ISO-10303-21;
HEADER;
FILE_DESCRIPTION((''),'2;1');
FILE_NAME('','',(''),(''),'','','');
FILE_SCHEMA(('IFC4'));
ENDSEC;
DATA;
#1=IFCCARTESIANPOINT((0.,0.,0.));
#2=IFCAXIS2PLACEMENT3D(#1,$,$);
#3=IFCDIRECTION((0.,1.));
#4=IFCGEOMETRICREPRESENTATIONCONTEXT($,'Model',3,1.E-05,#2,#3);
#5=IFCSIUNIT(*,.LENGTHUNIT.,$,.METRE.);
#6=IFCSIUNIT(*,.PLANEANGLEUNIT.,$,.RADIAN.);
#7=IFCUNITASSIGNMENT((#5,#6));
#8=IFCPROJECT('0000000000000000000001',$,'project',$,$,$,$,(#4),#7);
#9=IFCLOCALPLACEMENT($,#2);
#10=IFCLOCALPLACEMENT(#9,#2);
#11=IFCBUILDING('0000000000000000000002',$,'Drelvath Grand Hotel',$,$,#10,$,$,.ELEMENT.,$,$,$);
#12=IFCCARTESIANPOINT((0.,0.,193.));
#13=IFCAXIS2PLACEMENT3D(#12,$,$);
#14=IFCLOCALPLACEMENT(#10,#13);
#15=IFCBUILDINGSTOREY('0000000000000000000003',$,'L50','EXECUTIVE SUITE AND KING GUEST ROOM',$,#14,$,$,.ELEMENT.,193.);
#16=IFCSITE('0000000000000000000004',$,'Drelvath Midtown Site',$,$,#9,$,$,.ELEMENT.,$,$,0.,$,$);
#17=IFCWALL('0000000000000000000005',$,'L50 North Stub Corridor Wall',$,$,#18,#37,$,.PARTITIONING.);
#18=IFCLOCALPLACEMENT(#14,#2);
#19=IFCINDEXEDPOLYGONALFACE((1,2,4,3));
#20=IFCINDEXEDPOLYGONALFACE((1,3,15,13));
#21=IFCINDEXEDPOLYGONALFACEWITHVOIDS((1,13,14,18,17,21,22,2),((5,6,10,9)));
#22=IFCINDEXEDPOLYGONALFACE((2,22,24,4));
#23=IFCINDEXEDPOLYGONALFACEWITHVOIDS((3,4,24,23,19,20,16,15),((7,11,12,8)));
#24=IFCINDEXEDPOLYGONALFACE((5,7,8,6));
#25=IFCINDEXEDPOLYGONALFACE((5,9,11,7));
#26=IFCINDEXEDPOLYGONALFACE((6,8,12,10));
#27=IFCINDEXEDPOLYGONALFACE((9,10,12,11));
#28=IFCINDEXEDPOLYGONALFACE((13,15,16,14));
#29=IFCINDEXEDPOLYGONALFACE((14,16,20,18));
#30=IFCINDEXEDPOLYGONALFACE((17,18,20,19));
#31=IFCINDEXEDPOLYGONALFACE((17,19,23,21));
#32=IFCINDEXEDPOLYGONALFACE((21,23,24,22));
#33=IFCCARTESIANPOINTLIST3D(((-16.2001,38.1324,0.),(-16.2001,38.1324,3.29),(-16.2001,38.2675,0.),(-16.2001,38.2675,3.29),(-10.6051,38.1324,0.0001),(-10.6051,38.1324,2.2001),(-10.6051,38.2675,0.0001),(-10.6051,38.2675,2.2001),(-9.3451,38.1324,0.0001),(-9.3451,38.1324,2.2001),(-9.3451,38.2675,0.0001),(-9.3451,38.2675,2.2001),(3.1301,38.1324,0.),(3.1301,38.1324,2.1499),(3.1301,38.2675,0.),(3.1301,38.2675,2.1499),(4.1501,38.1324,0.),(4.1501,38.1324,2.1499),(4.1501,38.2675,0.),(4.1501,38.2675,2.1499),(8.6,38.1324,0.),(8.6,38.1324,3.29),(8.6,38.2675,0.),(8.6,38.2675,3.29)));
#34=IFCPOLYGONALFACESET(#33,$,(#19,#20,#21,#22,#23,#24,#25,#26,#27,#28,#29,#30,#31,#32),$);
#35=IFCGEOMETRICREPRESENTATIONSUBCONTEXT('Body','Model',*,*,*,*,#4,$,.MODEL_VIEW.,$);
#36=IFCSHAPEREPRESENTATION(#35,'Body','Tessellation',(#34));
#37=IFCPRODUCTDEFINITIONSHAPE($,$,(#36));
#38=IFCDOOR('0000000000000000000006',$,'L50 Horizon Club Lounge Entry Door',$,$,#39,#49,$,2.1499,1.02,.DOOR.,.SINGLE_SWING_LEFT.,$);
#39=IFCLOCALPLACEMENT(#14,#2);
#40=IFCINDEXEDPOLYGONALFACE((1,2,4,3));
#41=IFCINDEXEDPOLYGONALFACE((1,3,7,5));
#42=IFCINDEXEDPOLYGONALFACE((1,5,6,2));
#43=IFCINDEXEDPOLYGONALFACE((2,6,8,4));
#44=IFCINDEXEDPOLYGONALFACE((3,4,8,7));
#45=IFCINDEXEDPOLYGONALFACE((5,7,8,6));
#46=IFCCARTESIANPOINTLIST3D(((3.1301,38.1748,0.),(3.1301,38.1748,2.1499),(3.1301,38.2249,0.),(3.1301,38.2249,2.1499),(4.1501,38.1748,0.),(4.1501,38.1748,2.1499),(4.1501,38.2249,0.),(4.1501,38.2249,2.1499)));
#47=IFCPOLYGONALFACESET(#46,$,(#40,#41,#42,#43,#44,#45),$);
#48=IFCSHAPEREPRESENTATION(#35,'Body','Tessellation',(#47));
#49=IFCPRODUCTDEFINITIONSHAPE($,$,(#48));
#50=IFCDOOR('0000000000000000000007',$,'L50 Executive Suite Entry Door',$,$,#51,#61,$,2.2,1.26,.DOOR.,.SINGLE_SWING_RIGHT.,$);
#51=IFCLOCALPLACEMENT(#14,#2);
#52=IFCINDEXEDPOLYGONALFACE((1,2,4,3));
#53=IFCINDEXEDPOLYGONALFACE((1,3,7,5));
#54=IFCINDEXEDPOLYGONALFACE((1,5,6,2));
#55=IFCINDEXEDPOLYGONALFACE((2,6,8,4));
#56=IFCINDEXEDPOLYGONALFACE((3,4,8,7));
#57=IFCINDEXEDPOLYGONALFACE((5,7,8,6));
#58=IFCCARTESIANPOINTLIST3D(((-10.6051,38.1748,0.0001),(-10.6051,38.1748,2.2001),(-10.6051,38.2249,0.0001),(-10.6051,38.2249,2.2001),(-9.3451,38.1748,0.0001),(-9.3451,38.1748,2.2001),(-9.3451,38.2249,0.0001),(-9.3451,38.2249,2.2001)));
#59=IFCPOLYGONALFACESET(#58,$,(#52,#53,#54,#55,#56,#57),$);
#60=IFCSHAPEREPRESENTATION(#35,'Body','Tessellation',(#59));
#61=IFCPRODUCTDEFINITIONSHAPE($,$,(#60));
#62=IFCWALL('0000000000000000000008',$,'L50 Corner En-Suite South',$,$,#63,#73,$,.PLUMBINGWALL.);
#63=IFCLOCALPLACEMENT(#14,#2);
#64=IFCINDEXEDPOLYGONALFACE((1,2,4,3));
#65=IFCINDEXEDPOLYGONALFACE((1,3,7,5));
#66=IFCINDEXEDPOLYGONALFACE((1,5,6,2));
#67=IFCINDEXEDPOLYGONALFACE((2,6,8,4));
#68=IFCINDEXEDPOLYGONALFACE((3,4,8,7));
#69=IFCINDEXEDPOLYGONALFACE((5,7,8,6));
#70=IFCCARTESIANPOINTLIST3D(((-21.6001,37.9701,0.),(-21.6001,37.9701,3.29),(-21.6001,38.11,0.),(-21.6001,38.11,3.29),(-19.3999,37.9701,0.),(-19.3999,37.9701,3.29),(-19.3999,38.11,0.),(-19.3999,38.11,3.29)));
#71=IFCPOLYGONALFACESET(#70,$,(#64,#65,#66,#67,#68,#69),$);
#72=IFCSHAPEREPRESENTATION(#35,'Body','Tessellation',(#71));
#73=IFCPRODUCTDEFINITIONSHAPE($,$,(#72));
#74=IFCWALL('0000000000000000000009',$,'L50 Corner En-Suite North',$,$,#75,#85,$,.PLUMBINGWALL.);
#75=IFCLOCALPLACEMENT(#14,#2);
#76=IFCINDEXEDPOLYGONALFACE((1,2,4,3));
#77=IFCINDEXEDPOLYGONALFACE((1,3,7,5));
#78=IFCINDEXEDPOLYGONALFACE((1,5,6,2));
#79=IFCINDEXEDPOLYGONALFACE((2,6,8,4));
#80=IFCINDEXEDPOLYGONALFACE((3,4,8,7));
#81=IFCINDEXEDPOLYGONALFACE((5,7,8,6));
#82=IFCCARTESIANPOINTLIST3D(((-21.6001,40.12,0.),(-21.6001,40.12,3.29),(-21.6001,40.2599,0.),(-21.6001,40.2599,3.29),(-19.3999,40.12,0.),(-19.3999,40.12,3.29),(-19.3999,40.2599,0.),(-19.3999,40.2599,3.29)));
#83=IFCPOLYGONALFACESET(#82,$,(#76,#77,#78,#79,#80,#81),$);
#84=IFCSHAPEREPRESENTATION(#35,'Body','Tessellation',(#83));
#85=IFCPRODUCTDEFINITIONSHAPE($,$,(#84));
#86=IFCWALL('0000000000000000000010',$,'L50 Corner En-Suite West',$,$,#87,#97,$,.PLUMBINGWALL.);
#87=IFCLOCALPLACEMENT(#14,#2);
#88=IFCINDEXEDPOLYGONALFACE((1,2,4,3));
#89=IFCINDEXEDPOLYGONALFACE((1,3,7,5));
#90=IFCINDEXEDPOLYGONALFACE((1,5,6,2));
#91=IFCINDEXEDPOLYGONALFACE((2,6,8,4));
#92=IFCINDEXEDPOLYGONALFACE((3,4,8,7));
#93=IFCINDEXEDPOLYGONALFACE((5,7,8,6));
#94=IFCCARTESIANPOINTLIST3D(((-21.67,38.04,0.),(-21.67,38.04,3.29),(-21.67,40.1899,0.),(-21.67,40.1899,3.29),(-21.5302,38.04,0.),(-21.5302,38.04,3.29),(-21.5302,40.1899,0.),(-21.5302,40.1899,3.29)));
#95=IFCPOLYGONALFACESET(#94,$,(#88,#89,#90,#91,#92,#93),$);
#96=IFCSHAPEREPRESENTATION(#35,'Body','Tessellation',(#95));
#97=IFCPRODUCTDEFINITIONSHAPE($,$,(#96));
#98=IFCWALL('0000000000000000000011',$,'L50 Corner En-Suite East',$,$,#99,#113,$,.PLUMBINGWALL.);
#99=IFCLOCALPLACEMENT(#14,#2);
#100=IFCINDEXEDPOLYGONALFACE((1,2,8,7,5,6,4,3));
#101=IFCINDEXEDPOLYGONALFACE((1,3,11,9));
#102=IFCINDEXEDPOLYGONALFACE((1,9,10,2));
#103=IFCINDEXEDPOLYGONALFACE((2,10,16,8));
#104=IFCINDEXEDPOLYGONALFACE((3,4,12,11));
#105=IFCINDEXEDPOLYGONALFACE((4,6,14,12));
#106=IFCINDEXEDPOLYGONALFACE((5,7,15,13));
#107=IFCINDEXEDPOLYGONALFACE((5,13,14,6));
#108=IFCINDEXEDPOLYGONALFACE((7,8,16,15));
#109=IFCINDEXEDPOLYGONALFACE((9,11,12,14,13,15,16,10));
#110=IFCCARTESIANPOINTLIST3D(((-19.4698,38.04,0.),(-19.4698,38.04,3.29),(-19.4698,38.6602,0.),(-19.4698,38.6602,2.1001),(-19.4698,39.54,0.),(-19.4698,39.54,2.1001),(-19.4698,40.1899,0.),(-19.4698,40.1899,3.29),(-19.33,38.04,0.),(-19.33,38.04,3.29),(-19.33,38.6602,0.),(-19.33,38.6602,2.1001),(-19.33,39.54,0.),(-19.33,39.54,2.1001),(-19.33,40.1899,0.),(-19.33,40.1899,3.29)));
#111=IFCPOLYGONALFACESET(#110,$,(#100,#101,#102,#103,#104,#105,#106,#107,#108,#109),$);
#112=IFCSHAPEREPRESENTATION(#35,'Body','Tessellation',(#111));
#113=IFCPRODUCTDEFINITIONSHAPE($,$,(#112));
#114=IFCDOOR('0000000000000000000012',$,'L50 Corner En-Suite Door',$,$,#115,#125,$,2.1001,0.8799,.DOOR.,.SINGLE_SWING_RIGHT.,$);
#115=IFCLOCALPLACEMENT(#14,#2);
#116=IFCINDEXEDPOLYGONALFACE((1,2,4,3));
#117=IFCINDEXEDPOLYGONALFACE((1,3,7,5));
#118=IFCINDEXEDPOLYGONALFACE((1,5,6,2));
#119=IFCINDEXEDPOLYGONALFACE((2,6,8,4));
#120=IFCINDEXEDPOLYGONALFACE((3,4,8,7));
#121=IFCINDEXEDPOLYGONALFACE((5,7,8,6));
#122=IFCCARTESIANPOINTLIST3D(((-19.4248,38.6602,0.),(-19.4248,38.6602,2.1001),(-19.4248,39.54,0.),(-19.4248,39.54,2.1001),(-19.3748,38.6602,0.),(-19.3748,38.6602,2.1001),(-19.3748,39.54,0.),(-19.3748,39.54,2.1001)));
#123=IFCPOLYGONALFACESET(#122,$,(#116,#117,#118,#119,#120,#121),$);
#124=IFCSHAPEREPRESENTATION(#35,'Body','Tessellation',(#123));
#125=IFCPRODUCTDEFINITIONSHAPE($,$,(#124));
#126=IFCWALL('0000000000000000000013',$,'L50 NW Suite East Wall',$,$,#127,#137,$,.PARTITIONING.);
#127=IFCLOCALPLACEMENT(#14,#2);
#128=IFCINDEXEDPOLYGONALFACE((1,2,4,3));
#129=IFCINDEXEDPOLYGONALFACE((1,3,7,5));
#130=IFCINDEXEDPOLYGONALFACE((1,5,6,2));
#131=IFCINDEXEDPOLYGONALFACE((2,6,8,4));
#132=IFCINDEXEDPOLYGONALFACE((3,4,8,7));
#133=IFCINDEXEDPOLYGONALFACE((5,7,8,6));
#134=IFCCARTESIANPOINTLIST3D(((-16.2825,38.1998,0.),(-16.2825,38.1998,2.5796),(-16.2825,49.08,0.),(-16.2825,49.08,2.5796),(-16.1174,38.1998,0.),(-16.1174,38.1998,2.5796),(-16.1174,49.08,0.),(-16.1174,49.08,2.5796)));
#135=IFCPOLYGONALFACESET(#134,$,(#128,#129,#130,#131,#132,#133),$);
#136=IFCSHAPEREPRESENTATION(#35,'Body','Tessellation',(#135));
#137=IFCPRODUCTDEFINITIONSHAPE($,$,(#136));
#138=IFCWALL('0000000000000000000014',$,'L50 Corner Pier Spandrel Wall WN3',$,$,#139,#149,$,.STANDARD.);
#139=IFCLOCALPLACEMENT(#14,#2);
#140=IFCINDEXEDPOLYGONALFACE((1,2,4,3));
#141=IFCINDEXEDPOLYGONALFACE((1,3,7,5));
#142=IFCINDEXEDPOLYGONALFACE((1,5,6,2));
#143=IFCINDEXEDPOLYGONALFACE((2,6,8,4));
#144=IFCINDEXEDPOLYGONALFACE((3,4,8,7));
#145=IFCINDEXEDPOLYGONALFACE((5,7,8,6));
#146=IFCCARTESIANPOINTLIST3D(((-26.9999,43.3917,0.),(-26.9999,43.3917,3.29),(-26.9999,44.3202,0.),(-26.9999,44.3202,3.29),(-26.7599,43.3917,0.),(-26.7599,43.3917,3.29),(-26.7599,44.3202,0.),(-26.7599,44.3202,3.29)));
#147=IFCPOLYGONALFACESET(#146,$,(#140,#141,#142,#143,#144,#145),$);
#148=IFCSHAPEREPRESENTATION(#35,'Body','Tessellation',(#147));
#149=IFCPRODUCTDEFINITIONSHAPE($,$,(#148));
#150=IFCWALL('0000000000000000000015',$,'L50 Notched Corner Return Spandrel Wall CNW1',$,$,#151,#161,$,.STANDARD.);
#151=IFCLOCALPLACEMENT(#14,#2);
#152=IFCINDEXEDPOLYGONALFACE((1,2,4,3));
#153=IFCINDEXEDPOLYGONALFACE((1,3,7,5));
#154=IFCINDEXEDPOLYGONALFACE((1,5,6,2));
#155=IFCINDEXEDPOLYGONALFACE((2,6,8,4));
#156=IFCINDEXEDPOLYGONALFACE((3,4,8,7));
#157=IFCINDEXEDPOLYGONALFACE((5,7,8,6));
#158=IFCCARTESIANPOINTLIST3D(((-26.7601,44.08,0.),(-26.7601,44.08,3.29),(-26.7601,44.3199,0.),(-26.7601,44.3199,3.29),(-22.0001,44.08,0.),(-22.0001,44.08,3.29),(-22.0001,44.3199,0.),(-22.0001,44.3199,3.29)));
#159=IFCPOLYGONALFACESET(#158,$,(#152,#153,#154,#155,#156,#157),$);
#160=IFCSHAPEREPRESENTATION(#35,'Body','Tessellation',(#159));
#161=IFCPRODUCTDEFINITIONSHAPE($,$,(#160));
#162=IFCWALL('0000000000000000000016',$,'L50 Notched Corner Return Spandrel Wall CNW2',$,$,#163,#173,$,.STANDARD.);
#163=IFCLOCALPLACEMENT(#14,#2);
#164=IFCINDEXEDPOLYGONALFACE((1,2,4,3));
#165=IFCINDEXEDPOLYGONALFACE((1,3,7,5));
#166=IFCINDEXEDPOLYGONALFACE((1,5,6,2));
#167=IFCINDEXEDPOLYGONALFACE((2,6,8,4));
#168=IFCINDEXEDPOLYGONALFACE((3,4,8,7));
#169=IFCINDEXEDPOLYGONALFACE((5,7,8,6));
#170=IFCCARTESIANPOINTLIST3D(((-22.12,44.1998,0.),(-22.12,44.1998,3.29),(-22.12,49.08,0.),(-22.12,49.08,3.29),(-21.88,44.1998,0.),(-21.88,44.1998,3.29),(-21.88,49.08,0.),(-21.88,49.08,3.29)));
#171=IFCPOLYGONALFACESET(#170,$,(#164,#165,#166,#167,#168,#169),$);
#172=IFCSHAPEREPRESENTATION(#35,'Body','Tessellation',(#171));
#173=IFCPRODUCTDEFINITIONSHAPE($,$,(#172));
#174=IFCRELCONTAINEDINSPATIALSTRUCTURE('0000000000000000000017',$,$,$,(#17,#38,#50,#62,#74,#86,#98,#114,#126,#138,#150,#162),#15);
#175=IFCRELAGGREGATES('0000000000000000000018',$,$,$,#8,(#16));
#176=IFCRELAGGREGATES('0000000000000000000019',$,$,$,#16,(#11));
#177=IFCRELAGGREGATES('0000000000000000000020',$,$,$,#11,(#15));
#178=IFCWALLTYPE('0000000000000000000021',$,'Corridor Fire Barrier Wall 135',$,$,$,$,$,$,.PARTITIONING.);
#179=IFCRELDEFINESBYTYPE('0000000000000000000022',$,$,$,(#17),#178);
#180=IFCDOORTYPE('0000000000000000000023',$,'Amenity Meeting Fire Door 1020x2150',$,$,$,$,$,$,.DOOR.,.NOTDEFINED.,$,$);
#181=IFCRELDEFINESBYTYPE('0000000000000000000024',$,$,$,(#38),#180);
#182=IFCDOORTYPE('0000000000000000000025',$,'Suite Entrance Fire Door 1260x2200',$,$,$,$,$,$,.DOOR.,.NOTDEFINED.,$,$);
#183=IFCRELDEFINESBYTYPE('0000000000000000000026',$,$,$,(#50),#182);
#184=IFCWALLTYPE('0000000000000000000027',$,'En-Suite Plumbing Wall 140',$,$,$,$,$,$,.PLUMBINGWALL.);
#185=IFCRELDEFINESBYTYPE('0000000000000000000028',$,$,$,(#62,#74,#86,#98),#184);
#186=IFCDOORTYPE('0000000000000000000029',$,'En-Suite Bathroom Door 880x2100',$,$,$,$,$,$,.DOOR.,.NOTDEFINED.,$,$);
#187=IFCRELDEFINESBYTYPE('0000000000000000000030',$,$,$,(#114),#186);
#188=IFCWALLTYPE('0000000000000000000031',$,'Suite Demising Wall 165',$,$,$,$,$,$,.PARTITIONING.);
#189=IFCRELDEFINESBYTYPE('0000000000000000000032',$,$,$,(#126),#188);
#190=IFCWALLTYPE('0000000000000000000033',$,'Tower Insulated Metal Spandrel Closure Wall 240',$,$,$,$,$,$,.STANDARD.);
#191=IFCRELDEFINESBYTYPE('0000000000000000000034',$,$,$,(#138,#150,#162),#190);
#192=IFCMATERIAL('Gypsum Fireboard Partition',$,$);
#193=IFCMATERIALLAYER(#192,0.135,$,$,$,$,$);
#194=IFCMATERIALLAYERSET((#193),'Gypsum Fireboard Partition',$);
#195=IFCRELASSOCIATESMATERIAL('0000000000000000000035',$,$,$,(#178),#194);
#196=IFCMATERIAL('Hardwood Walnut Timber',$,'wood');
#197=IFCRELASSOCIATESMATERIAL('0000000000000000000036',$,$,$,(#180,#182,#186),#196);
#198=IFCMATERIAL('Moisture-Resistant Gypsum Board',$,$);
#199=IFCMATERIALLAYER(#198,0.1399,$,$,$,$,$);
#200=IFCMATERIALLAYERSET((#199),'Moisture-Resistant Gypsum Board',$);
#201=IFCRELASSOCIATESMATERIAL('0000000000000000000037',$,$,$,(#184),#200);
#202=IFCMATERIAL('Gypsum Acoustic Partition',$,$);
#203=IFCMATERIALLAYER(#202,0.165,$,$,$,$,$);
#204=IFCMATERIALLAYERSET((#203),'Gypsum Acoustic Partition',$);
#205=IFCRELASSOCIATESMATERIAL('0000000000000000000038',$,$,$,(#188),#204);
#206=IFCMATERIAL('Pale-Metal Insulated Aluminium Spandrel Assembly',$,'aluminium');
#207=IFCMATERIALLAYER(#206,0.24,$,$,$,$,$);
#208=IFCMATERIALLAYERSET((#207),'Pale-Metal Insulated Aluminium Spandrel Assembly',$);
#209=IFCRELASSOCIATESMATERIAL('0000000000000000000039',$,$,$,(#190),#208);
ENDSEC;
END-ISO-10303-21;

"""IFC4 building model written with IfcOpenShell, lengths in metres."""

from ifc_helpers import new_model, si_unit, direction, frame, frame_2d, origin, place, context, subcontext, project, spatial, rectangle, extrude, material, layer, layer_set, type_object, element, fill, save


model = new_model("IFC4")

# Units and contexts
model_context = context("Model", 3, precision=1e-05, world=origin(), true_north=direction((0.0, 1.0)))
body_context = subcontext(model_context, "Body", "Model", "MODEL_VIEW")
ifc_project = project(units=[si_unit("LENGTHUNIT", "METRE"), si_unit("PLANEANGLEUNIT", "RADIAN")], contexts=[model_context])

# Site, building, storey
site_placement = place(None, origin())
site = spatial("IfcSite", under=ifc_project, at=site_placement, Name="Drelvath Midtown Site", CompositionType="ELEMENT", RefElevation=0.0)
building_placement = place(site_placement, origin())
building = spatial("IfcBuilding", under=site, at=building_placement, Name="Drelvath Grand Hotel", CompositionType="ELEMENT")
storey_placement = place(building_placement, frame((0.0, 0.0, 193.0)))
storey = spatial("IfcBuildingStorey", under=building, at=storey_placement, Name="L50", Description="EXECUTIVE SUITE AND KING GUEST ROOM", CompositionType="ELEMENT", Elevation=193.0)

# Wall, openings, doors
ifc_material_1 = material(Name="Gypsum Fireboard Partition")
ifc_layer_1 = layer(ifc_material_1, 0.135)
ifc_layer_set_1 = layer_set([ifc_layer_1], Name="Gypsum Fireboard Partition")
wall_type_1 = type_object("IfcWallType", Name="Corridor Fire Barrier Wall 135", PredefinedType="PARTITIONING", material=ifc_layer_set_1)
wall_1_placement = place(storey_placement, frame((-16.2, 38.2, 0.0), z_axis=(0.0, 0.0, 1.0), x_axis=(1.0, 0.0, 0.0)))
wall_1 = element("IfcWall", 1, at=wall_1_placement, inside=storey, type_object=wall_type_1, Name="L50 North Stub Corridor Wall", PredefinedType="PARTITIONING", context=body_context, shape_type="SweptSolid", body=[
    extrude(rectangle(XDim=24.8, YDim=0.135, at=frame_2d((12.3999, 0.0))), origin(), (0.0, 0.0, 1.0), 3.29),
])
opening_1_placement = place(wall_1_placement, frame((5.595, 0.0, 0.0)))
opening_1 = element("IfcOpeningElement", 2, at=opening_1_placement, cuts=wall_1, PredefinedType="OPENING", context=body_context, shape_type="SweptSolid", body=[
    extrude(rectangle(XDim=1.26, YDim=2.2, at=frame_2d((0.6299, 1.1001))), frame((0.0, 0.0774, 0.0), z_axis=(0.0, -1.0, 0.0), x_axis=(1.0, 0.0, 0.0)), (0.0, 0.0, 1.0), 0.155),
])
opening_2_placement = place(wall_1_placement, frame((19.3301, 0.0, 0.0)))
opening_2 = element("IfcOpeningElement", 3, at=opening_2_placement, cuts=wall_1, PredefinedType="OPENING", context=body_context, shape_type="SweptSolid", body=[
    extrude(rectangle(XDim=1.02, YDim=2.1499, at=frame_2d((0.51, 1.075))), frame((0.0, 0.0774, 0.0), z_axis=(0.0, -1.0, 0.0), x_axis=(1.0, 0.0, 0.0)), (0.0, 0.0, 1.0), 0.155),
])
ifc_material_2 = material(Name="Hardwood Walnut Timber", Category="wood")
door_type_1 = type_object("IfcDoorType", Name="Amenity Meeting Fire Door 1020x2150", OperationType="NOTDEFINED", PredefinedType="DOOR", material=ifc_material_2)
door_1_placement = place(opening_2_placement, origin())
door_1 = element("IfcDoor", 4, at=door_1_placement, inside=storey, type_object=door_type_1, Name="L50 Horizon Club Lounge Entry Door", OperationType="SINGLE_SWING_LEFT", OverallHeight=2.1499, OverallWidth=1.02, PredefinedType="DOOR", context=body_context, shape_type="SweptSolid", body=[
    extrude(rectangle(XDim=1.02, YDim=2.1499, at=frame_2d((0.51, 1.075))), frame((0.0, 0.0249, 0.0), z_axis=(0.0, -1.0, 0.0), x_axis=(1.0, 0.0, 0.0)), (0.0, 0.0, 1.0), 0.05),
])
fill(opening_2, door_1)
door_type_2 = type_object("IfcDoorType", Name="Suite Entrance Fire Door 1260x2200", OperationType="NOTDEFINED", PredefinedType="DOOR", material=ifc_material_2)
door_2_placement = place(opening_1_placement, origin())
door_2 = element("IfcDoor", 5, at=door_2_placement, inside=storey, type_object=door_type_2, Name="L50 Executive Suite Entry Door", OperationType="SINGLE_SWING_RIGHT", OverallHeight=2.2, OverallWidth=1.26, PredefinedType="DOOR", context=body_context, shape_type="SweptSolid", body=[
    extrude(rectangle(XDim=1.26, YDim=2.2, at=frame_2d((0.6299, 1.1001))), frame((0.0, 0.0249, 0.0), z_axis=(0.0, -1.0, 0.0), x_axis=(1.0, 0.0, 0.0)), (0.0, 0.0, 1.0), 0.05),
])
fill(opening_1, door_2)

# Walls
ifc_material_3 = material(Name="Moisture-Resistant Gypsum Board")
ifc_layer_2 = layer(ifc_material_3, 0.1399)
ifc_layer_set_2 = layer_set([ifc_layer_2], Name="Moisture-Resistant Gypsum Board")
wall_type_2 = type_object("IfcWallType", Name="En-Suite Plumbing Wall 140", PredefinedType="PLUMBINGWALL", material=ifc_layer_set_2)
for number, where, z_axis, x_axis, name in (
    (6, (-21.6001, 38.04, 0.0), (0.0, 0.0, 1.0), (1.0, 0.0, 0.0), "L50 Corner En-Suite South"),
    (7, (-21.6001, 40.1899, 0.0), (0.0, 0.0, 1.0), (1.0, 0.0, 0.0), "L50 Corner En-Suite North"),
):
    element("IfcWall", number, at=place(storey_placement, frame(where, z_axis=z_axis, x_axis=x_axis)), inside=storey, type_object=wall_type_2, Name=name, PredefinedType="PLUMBINGWALL", context=body_context, shape_type="SweptSolid", body=[
        extrude(rectangle(XDim=2.2002, YDim=0.1399, at=frame_2d((1.1001, 0.0))), origin(), (0.0, 0.0, 1.0), 3.29),
    ])
wall_2_placement = place(storey_placement, frame((-21.6001, 38.04, 0.0), z_axis=(0.0, 0.0, 1.0), x_axis=(0.0, 1.0, 0.0)))
element("IfcWall", 8, at=wall_2_placement, inside=storey, type_object=wall_type_2, Name="L50 Corner En-Suite West", PredefinedType="PLUMBINGWALL", context=body_context, shape_type="SweptSolid", body=[
    extrude(rectangle(XDim=2.1499, YDim=0.1399, at=frame_2d((1.075, 0.0))), origin(), (0.0, 0.0, 1.0), 3.29),
])

# Wall, opening, door
wall_3_placement = place(storey_placement, frame((-19.3999, 38.04, 0.0), z_axis=(0.0, 0.0, 1.0), x_axis=(0.0, 1.0, 0.0)))
wall_3 = element("IfcWall", 9, at=wall_3_placement, inside=storey, type_object=wall_type_2, Name="L50 Corner En-Suite East", PredefinedType="PLUMBINGWALL", context=body_context, shape_type="SweptSolid", body=[
    extrude(rectangle(XDim=2.1499, YDim=0.1399, at=frame_2d((1.075, 0.0))), origin(), (0.0, 0.0, 1.0), 3.29),
])
opening_3_placement = place(wall_3_placement, frame((0.6201, 0.0, 0.0)))
opening_3 = element("IfcOpeningElement", 10, at=opening_3_placement, cuts=wall_3, PredefinedType="OPENING", context=body_context, shape_type="SweptSolid", body=[
    extrude(rectangle(XDim=0.8799, YDim=2.1001, at=frame_2d((0.4399, 1.05))), frame((0.0, 0.0798, 0.0), z_axis=(0.0, -1.0, 0.0), x_axis=(1.0, 0.0, 0.0)), (0.0, 0.0, 1.0), 0.1599),
])
door_type_3 = type_object("IfcDoorType", Name="En-Suite Bathroom Door 880x2100", OperationType="NOTDEFINED", PredefinedType="DOOR", material=ifc_material_2)
door_3_placement = place(opening_3_placement, origin())
door_3 = element("IfcDoor", 11, at=door_3_placement, inside=storey, type_object=door_type_3, Name="L50 Corner En-Suite Door", OperationType="SINGLE_SWING_RIGHT", OverallHeight=2.1001, OverallWidth=0.8799, PredefinedType="DOOR", context=body_context, shape_type="SweptSolid", body=[
    extrude(rectangle(XDim=0.8799, YDim=2.1001, at=frame_2d((0.4399, 1.05))), frame((0.0, 0.0249, 0.0), z_axis=(0.0, -1.0, 0.0), x_axis=(1.0, 0.0, 0.0)), (0.0, 0.0, 1.0), 0.05),
])
fill(opening_3, door_3)

# Walls
ifc_material_4 = material(Name="Gypsum Acoustic Partition")
ifc_layer_3 = layer(ifc_material_4, 0.165)
ifc_layer_set_3 = layer_set([ifc_layer_3], Name="Gypsum Acoustic Partition")
wall_type_3 = type_object("IfcWallType", Name="Suite Demising Wall 165", PredefinedType="PARTITIONING", material=ifc_layer_set_3)
wall_4_placement = place(storey_placement, frame((-16.2, 38.2, 0.0), z_axis=(0.0, 0.0, 1.0), x_axis=(0.0, 1.0, 0.0)))
element("IfcWall", 12, at=wall_4_placement, inside=storey, type_object=wall_type_3, Name="L50 NW Suite East Wall", PredefinedType="PARTITIONING", context=body_context, shape_type="SweptSolid", body=[
    extrude(rectangle(XDim=10.8801, YDim=0.165, at=frame_2d((5.4399, 0.0))), origin(), (0.0, 0.0, 1.0), 2.5796),
])
ifc_material_5 = material(Name="Pale-Metal Insulated Aluminium Spandrel Assembly", Category="aluminium")
ifc_layer_4 = layer(ifc_material_5, 0.24)
ifc_layer_set_4 = layer_set([ifc_layer_4], Name="Pale-Metal Insulated Aluminium Spandrel Assembly")
wall_type_4 = type_object("IfcWallType", Name="Tower Insulated Metal Spandrel Closure Wall 240", PredefinedType="STANDARD", material=ifc_layer_set_4)
wall_5_placement = place(storey_placement, frame((-26.8799, 43.3916, 0.0), z_axis=(0.0, 0.0, 1.0), x_axis=(0.0, 1.0, 0.0)))
element("IfcWall", 13, at=wall_5_placement, inside=storey, type_object=wall_type_4, Name="L50 Corner Pier Spandrel Wall WN3", PredefinedType="STANDARD", context=body_context, shape_type="SweptSolid", body=[
    extrude(rectangle(XDim=0.9285, YDim=0.24, at=frame_2d((0.4644, 0.0))), origin(), (0.0, 0.0, 1.0), 3.29),
])
wall_6_placement = place(storey_placement, frame((-26.76, 44.2, 0.0), z_axis=(0.0, 0.0, 1.0), x_axis=(1.0, 0.0, 0.0)))
element("IfcWall", 14, at=wall_6_placement, inside=storey, type_object=wall_type_4, Name="L50 Notched Corner Return Spandrel Wall CNW1", PredefinedType="STANDARD", context=body_context, shape_type="SweptSolid", body=[
    extrude(rectangle(XDim=4.76, YDim=0.24, at=frame_2d((2.3799, 0.0))), origin(), (0.0, 0.0, 1.0), 3.29),
])
wall_7_placement = place(storey_placement, frame((-22.0, 44.2, 0.0), z_axis=(0.0, 0.0, 1.0), x_axis=(0.0, 1.0, 0.0)))
element("IfcWall", 15, at=wall_7_placement, inside=storey, type_object=wall_type_4, Name="L50 Notched Corner Return Spandrel Wall CNW2", PredefinedType="STANDARD", context=body_context, shape_type="SweptSolid", body=[
    extrude(rectangle(XDim=4.8801, YDim=0.24, at=frame_2d((2.4399, 0.0))), origin(), (0.0, 0.0, 1.0), 3.29),
])

save(model, "model.ifc")
